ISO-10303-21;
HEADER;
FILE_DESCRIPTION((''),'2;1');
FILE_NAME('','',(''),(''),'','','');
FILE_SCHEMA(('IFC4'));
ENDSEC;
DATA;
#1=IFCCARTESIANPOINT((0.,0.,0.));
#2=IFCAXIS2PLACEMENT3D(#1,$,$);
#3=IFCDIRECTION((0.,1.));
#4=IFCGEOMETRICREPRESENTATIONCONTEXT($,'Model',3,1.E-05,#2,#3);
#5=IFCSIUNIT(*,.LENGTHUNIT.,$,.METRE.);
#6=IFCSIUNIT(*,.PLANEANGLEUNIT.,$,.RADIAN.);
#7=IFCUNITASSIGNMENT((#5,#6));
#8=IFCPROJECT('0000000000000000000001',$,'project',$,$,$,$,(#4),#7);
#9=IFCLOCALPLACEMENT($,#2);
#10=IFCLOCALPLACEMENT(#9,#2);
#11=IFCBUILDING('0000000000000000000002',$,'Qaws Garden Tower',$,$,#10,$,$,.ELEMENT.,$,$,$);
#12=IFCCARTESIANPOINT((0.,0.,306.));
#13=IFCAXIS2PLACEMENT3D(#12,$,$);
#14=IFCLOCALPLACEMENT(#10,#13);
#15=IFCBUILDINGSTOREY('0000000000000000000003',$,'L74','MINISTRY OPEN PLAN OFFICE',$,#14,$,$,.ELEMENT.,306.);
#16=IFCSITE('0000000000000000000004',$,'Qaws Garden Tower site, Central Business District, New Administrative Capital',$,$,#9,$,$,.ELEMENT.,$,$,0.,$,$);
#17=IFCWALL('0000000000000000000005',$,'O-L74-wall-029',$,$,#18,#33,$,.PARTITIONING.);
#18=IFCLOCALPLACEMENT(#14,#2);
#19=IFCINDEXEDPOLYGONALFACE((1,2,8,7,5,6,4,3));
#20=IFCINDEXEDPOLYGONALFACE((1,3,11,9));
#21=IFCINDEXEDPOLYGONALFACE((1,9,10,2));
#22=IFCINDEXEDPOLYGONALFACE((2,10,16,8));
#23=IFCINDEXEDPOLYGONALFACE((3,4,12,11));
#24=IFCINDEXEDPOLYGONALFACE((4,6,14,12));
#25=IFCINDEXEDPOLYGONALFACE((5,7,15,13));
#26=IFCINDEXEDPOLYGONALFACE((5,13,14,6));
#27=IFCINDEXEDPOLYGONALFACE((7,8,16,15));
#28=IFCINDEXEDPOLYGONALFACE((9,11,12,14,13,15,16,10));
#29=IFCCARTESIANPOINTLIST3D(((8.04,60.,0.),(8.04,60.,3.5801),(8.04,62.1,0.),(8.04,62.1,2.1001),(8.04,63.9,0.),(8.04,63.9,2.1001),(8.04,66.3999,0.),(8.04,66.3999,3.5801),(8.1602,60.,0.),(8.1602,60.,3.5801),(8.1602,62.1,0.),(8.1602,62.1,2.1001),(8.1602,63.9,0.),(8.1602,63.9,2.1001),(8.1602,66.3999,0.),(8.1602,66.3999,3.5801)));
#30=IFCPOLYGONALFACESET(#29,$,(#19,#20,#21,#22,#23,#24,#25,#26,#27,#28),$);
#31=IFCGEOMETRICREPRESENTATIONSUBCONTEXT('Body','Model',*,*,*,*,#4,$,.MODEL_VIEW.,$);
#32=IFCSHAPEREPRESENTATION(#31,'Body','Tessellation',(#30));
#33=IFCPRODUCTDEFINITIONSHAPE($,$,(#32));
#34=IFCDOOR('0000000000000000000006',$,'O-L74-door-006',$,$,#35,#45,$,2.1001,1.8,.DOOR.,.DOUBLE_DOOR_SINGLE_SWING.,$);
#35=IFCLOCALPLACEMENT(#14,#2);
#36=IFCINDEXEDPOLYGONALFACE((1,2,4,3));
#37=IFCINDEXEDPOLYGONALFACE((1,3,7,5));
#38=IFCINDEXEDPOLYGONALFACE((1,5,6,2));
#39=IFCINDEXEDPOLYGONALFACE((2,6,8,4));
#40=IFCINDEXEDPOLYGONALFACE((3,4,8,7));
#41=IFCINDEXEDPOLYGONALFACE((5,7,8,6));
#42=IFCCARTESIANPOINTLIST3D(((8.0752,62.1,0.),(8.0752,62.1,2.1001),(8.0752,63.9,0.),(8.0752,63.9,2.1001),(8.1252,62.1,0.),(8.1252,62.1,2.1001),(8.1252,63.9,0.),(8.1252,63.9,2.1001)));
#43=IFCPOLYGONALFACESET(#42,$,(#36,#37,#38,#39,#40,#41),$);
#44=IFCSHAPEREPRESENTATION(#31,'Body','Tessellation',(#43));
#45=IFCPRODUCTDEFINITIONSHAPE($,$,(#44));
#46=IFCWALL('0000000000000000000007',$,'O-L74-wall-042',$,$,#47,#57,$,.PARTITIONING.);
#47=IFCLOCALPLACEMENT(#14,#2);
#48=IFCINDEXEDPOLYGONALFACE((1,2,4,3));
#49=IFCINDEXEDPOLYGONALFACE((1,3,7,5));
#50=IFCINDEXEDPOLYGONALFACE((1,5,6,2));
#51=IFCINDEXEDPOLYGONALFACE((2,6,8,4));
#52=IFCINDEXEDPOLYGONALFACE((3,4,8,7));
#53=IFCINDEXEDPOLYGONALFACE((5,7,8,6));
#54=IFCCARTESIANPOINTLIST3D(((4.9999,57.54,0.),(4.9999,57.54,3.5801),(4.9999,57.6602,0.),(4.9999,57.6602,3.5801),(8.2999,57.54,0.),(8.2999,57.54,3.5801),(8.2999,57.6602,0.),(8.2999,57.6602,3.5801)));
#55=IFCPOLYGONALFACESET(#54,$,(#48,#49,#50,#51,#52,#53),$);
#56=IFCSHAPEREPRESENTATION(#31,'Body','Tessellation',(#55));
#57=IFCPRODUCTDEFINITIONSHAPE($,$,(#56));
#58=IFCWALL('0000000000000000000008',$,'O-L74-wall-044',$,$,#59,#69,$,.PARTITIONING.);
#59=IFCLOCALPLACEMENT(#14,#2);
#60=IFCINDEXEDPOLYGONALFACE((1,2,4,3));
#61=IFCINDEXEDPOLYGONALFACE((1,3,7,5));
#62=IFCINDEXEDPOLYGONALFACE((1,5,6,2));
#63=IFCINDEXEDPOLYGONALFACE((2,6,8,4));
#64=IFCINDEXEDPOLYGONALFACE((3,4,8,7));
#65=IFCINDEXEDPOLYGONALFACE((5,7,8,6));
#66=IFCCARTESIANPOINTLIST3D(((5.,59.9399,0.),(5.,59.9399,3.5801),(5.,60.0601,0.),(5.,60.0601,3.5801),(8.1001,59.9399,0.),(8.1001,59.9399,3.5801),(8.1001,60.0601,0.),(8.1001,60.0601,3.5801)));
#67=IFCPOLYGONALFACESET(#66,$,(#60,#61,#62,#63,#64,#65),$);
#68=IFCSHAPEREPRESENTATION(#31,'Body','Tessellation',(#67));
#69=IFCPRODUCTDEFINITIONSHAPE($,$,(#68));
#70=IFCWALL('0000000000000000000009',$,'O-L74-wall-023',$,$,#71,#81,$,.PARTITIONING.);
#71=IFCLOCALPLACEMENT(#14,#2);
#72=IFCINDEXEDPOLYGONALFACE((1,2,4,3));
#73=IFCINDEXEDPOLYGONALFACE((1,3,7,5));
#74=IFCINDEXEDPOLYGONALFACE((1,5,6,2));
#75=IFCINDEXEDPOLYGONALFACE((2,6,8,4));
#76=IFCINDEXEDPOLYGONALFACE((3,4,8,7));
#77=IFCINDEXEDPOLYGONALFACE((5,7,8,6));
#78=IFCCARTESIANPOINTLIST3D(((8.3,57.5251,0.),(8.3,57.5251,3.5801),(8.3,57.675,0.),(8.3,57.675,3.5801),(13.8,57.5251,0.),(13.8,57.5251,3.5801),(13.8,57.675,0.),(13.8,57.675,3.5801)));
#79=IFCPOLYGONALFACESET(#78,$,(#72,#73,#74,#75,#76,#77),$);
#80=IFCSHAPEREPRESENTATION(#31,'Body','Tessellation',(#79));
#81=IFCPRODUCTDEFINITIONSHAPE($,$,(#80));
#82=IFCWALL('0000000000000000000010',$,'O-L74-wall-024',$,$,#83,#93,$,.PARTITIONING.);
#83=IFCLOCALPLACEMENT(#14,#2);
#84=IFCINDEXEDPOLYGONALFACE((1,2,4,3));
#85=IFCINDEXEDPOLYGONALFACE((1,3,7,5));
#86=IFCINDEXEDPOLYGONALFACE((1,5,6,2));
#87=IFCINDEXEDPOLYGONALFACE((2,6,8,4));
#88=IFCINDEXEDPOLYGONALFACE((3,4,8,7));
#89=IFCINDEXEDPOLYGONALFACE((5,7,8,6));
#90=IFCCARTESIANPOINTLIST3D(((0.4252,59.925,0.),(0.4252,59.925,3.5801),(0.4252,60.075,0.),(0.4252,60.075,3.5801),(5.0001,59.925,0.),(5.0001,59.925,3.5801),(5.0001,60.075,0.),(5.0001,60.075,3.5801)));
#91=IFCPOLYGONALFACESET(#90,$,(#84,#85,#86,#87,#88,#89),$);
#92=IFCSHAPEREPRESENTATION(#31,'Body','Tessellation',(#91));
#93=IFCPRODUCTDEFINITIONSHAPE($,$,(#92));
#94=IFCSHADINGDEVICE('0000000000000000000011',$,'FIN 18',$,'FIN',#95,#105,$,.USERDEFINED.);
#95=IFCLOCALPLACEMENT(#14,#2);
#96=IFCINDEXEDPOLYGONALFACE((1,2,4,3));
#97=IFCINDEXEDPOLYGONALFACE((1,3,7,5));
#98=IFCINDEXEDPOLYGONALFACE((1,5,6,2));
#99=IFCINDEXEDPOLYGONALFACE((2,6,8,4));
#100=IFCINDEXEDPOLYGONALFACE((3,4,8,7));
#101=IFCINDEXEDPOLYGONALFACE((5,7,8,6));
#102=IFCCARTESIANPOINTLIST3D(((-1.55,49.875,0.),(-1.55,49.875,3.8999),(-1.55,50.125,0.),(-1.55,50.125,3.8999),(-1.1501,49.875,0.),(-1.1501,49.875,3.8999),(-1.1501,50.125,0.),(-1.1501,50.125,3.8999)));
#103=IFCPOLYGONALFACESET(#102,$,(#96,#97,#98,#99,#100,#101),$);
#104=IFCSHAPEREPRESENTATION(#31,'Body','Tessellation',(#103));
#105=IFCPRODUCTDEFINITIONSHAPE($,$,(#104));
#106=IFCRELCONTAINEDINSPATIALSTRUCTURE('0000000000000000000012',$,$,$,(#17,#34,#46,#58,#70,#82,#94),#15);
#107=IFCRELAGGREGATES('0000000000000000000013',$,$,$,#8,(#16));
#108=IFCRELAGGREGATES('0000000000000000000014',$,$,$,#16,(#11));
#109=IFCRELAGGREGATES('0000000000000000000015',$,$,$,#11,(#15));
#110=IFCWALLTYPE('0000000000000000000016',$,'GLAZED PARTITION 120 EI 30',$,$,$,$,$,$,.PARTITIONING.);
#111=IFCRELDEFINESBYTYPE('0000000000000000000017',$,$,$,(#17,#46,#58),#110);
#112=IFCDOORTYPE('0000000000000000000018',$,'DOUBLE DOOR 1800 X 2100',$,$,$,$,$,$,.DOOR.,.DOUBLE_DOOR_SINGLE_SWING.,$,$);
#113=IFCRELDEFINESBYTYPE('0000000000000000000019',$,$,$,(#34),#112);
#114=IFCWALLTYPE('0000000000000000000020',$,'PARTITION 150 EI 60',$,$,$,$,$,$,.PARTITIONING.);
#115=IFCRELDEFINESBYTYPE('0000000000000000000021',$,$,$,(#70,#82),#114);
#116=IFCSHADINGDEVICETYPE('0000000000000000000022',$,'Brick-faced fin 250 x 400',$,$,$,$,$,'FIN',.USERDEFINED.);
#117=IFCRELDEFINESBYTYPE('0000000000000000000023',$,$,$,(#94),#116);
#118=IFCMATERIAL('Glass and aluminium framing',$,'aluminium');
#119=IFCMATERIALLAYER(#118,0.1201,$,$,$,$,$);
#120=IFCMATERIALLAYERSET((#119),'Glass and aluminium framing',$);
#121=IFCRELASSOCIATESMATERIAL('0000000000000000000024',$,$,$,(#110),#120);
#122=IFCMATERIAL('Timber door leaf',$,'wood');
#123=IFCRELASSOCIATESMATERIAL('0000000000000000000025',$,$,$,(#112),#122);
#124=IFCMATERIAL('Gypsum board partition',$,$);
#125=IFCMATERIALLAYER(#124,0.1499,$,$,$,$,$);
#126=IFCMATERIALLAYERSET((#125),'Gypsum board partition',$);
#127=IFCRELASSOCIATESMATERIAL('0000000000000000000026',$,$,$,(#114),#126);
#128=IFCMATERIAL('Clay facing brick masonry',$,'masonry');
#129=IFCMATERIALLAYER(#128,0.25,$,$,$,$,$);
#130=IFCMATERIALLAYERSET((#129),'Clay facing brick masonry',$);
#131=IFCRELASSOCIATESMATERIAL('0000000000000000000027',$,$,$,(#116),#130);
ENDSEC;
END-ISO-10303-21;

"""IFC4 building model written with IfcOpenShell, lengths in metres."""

from ifc_helpers import new_model, si_unit, direction, frame, frame_2d, origin, origin_2d, place, context, subcontext, project, spatial, rectangle, extrude, material, layer, layer_set, type_object, element, fill, save


model = new_model("IFC4")

# Units and contexts
model_context = context("Model", 3, precision=1e-05, world=origin(), true_north=direction((0.0, 1.0)))
body_context = subcontext(model_context, "Body", "Model", "MODEL_VIEW")
ifc_project = project(units=[si_unit("LENGTHUNIT", "METRE"), si_unit("PLANEANGLEUNIT", "RADIAN")], contexts=[model_context])

# Site, building, storey
site_placement = place(None, origin())
site = spatial("IfcSite", under=ifc_project, at=site_placement, Name="Qaws Garden Tower site, Central Business District, New Administrative Capital", CompositionType="ELEMENT", RefElevation=0.0)
building_placement = place(site_placement, origin())
building = spatial("IfcBuilding", under=site, at=building_placement, Name="Qaws Garden Tower", CompositionType="ELEMENT")
storey_placement = place(building_placement, frame((0.0, 0.0, 306.0)))
storey = spatial("IfcBuildingStorey", under=building, at=storey_placement, Name="L74", Description="MINISTRY OPEN PLAN OFFICE", CompositionType="ELEMENT", Elevation=306.0)

# Shared definitions
ifc_material_1 = material(Name="Glass and aluminium framing", Category="aluminium")
ifc_layer_1 = layer(ifc_material_1, 0.1201)
ifc_layer_set_1 = layer_set([ifc_layer_1], Name="Glass and aluminium framing")
wall_type_1 = type_object("IfcWallType", Name="GLAZED PARTITION 120 EI 30", PredefinedType="PARTITIONING", material=ifc_layer_set_1)

# Wall, opening, door
wall_1_placement = place(storey_placement, frame((8.1001, 60.0, 0.0), z_axis=(0.0, 0.0, 1.0), x_axis=(0.0, 1.0, 0.0)))
wall_1 = element("IfcWall", 1, at=wall_1_placement, inside=storey, type_object=wall_type_1, Name="O-L74-wall-029", PredefinedType="PARTITIONING", context=body_context, shape_type="SweptSolid", body=[
    extrude(rectangle(XDim=6.3999, YDim=0.1201, at=frame_2d((3.2, 0.0))), origin(), (0.0, 0.0, 1.0), 3.5801),
])
opening_1_placement = place(wall_1_placement, frame((2.1001, 0.0, 0.0)))
opening_1 = element("IfcOpeningElement", 2, at=opening_1_placement, cuts=wall_1, PredefinedType="OPENING", context=body_context, shape_type="SweptSolid", body=[
    extrude(rectangle(XDim=1.8, YDim=2.1001, at=frame_2d((0.8999, 1.05))), frame((0.0, 0.0701, 0.0), z_axis=(0.0, -1.0, 0.0), x_axis=(1.0, 0.0, 0.0)), (0.0, 0.0, 1.0), 0.1401),
])
ifc_material_2 = material(Name="Timber door leaf", Category="wood")
door_type = type_object("IfcDoorType", Name="DOUBLE DOOR 1800 X 2100", OperationType="DOUBLE_DOOR_SINGLE_SWING", PredefinedType="DOOR", material=ifc_material_2)
door_placement = place(opening_1_placement, origin())
door = element("IfcDoor", 3, at=door_placement, inside=storey, type_object=door_type, Name="O-L74-door-006", OperationType="DOUBLE_DOOR_SINGLE_SWING", OverallHeight=2.1001, OverallWidth=1.8, PredefinedType="DOOR", context=body_context, shape_type="SweptSolid", body=[
    extrude(rectangle(XDim=1.8, YDim=2.1001, at=frame_2d((0.8999, 1.05))), frame((0.0, 0.0249, 0.0), z_axis=(0.0, -1.0, 0.0), x_axis=(1.0, 0.0, 0.0)), (0.0, 0.0, 1.0), 0.05),
])
fill(opening_1, door)

# Walls
wall_2_placement = place(storey_placement, frame((5.0, 57.6001, 0.0), z_axis=(0.0, 0.0, 1.0), x_axis=(1.0, 0.0, 0.0)))
element("IfcWall", 4, at=wall_2_placement, inside=storey, type_object=wall_type_1, Name="O-L74-wall-042", PredefinedType="PARTITIONING", context=body_context, shape_type="SweptSolid", body=[
    extrude(rectangle(XDim=3.3, YDim=0.1201, at=frame_2d((1.6499, 0.0))), origin(), (0.0, 0.0, 1.0), 3.5801),
])
wall_3_placement = place(storey_placement, frame((5.0, 60.0, 0.0), z_axis=(0.0, 0.0, 1.0), x_axis=(1.0, 0.0, 0.0)))
element("IfcWall", 5, at=wall_3_placement, inside=storey, type_object=wall_type_1, Name="O-L74-wall-044", PredefinedType="PARTITIONING", context=body_context, shape_type="SweptSolid", body=[
    extrude(rectangle(XDim=3.1001, YDim=0.1201, at=frame_2d((1.55, 0.0))), origin(), (0.0, 0.0, 1.0), 3.5801),
])
ifc_material_3 = material(Name="Gypsum board partition")
ifc_layer_2 = layer(ifc_material_3, 0.1499)
ifc_layer_set_2 = layer_set([ifc_layer_2], Name="Gypsum board partition")
wall_type_2 = type_object("IfcWallType", Name="PARTITION 150 EI 60", PredefinedType="PARTITIONING", material=ifc_layer_set_2)
wall_4_placement = place(storey_placement, frame((8.3, 57.6001, 0.0), z_axis=(0.0, 0.0, 1.0), x_axis=(1.0, 0.0, 0.0)))
element("IfcWall", 6, at=wall_4_placement, inside=storey, type_object=wall_type_2, Name="O-L74-wall-023", PredefinedType="PARTITIONING", context=body_context, shape_type="SweptSolid", body=[
    extrude(rectangle(XDim=5.5, YDim=0.1499, at=frame_2d((2.75, 0.0))), origin(), (0.0, 0.0, 1.0), 3.5801),
])
wall_5_placement = place(storey_placement, frame((0.425, 60.0, 0.0), z_axis=(0.0, 0.0, 1.0), x_axis=(1.0, 0.0, 0.0)))
element("IfcWall", 7, at=wall_5_placement, inside=storey, type_object=wall_type_2, Name="O-L74-wall-024", PredefinedType="PARTITIONING", context=body_context, shape_type="SweptSolid", body=[
    extrude(rectangle(XDim=4.575, YDim=0.1499, at=frame_2d((2.2876, 0.0))), origin(), (0.0, 0.0, 1.0), 3.5801),
])

# Shading device
ifc_material_4 = material(Name="Clay facing brick masonry", Category="masonry")
ifc_layer_3 = layer(ifc_material_4, 0.25)
ifc_layer_set_3 = layer_set([ifc_layer_3], Name="Clay facing brick masonry")
shading_device_type = type_object("IfcShadingDeviceType", Name="Brick-faced fin 250 x 400", ElementType="FIN", PredefinedType="USERDEFINED", material=ifc_layer_set_3)
shading_device_placement = place(storey_placement, frame((-1.3501, 50.0, 0.0), z_axis=(0.0, 0.0, 1.0), x_axis=(0.0, -1.0, 0.0)))
element("IfcShadingDevice", 8, at=shading_device_placement, inside=storey, type_object=shading_device_type, Name="FIN 18", ObjectType="FIN", PredefinedType="USERDEFINED", context=body_context, shape_type="SweptSolid", body=[
    extrude(rectangle(XDim=0.25, YDim=0.3999, at=origin_2d()), origin(), (0.0, 0.0, 1.0), 3.8999),
])

save(model, "model.ifc")
